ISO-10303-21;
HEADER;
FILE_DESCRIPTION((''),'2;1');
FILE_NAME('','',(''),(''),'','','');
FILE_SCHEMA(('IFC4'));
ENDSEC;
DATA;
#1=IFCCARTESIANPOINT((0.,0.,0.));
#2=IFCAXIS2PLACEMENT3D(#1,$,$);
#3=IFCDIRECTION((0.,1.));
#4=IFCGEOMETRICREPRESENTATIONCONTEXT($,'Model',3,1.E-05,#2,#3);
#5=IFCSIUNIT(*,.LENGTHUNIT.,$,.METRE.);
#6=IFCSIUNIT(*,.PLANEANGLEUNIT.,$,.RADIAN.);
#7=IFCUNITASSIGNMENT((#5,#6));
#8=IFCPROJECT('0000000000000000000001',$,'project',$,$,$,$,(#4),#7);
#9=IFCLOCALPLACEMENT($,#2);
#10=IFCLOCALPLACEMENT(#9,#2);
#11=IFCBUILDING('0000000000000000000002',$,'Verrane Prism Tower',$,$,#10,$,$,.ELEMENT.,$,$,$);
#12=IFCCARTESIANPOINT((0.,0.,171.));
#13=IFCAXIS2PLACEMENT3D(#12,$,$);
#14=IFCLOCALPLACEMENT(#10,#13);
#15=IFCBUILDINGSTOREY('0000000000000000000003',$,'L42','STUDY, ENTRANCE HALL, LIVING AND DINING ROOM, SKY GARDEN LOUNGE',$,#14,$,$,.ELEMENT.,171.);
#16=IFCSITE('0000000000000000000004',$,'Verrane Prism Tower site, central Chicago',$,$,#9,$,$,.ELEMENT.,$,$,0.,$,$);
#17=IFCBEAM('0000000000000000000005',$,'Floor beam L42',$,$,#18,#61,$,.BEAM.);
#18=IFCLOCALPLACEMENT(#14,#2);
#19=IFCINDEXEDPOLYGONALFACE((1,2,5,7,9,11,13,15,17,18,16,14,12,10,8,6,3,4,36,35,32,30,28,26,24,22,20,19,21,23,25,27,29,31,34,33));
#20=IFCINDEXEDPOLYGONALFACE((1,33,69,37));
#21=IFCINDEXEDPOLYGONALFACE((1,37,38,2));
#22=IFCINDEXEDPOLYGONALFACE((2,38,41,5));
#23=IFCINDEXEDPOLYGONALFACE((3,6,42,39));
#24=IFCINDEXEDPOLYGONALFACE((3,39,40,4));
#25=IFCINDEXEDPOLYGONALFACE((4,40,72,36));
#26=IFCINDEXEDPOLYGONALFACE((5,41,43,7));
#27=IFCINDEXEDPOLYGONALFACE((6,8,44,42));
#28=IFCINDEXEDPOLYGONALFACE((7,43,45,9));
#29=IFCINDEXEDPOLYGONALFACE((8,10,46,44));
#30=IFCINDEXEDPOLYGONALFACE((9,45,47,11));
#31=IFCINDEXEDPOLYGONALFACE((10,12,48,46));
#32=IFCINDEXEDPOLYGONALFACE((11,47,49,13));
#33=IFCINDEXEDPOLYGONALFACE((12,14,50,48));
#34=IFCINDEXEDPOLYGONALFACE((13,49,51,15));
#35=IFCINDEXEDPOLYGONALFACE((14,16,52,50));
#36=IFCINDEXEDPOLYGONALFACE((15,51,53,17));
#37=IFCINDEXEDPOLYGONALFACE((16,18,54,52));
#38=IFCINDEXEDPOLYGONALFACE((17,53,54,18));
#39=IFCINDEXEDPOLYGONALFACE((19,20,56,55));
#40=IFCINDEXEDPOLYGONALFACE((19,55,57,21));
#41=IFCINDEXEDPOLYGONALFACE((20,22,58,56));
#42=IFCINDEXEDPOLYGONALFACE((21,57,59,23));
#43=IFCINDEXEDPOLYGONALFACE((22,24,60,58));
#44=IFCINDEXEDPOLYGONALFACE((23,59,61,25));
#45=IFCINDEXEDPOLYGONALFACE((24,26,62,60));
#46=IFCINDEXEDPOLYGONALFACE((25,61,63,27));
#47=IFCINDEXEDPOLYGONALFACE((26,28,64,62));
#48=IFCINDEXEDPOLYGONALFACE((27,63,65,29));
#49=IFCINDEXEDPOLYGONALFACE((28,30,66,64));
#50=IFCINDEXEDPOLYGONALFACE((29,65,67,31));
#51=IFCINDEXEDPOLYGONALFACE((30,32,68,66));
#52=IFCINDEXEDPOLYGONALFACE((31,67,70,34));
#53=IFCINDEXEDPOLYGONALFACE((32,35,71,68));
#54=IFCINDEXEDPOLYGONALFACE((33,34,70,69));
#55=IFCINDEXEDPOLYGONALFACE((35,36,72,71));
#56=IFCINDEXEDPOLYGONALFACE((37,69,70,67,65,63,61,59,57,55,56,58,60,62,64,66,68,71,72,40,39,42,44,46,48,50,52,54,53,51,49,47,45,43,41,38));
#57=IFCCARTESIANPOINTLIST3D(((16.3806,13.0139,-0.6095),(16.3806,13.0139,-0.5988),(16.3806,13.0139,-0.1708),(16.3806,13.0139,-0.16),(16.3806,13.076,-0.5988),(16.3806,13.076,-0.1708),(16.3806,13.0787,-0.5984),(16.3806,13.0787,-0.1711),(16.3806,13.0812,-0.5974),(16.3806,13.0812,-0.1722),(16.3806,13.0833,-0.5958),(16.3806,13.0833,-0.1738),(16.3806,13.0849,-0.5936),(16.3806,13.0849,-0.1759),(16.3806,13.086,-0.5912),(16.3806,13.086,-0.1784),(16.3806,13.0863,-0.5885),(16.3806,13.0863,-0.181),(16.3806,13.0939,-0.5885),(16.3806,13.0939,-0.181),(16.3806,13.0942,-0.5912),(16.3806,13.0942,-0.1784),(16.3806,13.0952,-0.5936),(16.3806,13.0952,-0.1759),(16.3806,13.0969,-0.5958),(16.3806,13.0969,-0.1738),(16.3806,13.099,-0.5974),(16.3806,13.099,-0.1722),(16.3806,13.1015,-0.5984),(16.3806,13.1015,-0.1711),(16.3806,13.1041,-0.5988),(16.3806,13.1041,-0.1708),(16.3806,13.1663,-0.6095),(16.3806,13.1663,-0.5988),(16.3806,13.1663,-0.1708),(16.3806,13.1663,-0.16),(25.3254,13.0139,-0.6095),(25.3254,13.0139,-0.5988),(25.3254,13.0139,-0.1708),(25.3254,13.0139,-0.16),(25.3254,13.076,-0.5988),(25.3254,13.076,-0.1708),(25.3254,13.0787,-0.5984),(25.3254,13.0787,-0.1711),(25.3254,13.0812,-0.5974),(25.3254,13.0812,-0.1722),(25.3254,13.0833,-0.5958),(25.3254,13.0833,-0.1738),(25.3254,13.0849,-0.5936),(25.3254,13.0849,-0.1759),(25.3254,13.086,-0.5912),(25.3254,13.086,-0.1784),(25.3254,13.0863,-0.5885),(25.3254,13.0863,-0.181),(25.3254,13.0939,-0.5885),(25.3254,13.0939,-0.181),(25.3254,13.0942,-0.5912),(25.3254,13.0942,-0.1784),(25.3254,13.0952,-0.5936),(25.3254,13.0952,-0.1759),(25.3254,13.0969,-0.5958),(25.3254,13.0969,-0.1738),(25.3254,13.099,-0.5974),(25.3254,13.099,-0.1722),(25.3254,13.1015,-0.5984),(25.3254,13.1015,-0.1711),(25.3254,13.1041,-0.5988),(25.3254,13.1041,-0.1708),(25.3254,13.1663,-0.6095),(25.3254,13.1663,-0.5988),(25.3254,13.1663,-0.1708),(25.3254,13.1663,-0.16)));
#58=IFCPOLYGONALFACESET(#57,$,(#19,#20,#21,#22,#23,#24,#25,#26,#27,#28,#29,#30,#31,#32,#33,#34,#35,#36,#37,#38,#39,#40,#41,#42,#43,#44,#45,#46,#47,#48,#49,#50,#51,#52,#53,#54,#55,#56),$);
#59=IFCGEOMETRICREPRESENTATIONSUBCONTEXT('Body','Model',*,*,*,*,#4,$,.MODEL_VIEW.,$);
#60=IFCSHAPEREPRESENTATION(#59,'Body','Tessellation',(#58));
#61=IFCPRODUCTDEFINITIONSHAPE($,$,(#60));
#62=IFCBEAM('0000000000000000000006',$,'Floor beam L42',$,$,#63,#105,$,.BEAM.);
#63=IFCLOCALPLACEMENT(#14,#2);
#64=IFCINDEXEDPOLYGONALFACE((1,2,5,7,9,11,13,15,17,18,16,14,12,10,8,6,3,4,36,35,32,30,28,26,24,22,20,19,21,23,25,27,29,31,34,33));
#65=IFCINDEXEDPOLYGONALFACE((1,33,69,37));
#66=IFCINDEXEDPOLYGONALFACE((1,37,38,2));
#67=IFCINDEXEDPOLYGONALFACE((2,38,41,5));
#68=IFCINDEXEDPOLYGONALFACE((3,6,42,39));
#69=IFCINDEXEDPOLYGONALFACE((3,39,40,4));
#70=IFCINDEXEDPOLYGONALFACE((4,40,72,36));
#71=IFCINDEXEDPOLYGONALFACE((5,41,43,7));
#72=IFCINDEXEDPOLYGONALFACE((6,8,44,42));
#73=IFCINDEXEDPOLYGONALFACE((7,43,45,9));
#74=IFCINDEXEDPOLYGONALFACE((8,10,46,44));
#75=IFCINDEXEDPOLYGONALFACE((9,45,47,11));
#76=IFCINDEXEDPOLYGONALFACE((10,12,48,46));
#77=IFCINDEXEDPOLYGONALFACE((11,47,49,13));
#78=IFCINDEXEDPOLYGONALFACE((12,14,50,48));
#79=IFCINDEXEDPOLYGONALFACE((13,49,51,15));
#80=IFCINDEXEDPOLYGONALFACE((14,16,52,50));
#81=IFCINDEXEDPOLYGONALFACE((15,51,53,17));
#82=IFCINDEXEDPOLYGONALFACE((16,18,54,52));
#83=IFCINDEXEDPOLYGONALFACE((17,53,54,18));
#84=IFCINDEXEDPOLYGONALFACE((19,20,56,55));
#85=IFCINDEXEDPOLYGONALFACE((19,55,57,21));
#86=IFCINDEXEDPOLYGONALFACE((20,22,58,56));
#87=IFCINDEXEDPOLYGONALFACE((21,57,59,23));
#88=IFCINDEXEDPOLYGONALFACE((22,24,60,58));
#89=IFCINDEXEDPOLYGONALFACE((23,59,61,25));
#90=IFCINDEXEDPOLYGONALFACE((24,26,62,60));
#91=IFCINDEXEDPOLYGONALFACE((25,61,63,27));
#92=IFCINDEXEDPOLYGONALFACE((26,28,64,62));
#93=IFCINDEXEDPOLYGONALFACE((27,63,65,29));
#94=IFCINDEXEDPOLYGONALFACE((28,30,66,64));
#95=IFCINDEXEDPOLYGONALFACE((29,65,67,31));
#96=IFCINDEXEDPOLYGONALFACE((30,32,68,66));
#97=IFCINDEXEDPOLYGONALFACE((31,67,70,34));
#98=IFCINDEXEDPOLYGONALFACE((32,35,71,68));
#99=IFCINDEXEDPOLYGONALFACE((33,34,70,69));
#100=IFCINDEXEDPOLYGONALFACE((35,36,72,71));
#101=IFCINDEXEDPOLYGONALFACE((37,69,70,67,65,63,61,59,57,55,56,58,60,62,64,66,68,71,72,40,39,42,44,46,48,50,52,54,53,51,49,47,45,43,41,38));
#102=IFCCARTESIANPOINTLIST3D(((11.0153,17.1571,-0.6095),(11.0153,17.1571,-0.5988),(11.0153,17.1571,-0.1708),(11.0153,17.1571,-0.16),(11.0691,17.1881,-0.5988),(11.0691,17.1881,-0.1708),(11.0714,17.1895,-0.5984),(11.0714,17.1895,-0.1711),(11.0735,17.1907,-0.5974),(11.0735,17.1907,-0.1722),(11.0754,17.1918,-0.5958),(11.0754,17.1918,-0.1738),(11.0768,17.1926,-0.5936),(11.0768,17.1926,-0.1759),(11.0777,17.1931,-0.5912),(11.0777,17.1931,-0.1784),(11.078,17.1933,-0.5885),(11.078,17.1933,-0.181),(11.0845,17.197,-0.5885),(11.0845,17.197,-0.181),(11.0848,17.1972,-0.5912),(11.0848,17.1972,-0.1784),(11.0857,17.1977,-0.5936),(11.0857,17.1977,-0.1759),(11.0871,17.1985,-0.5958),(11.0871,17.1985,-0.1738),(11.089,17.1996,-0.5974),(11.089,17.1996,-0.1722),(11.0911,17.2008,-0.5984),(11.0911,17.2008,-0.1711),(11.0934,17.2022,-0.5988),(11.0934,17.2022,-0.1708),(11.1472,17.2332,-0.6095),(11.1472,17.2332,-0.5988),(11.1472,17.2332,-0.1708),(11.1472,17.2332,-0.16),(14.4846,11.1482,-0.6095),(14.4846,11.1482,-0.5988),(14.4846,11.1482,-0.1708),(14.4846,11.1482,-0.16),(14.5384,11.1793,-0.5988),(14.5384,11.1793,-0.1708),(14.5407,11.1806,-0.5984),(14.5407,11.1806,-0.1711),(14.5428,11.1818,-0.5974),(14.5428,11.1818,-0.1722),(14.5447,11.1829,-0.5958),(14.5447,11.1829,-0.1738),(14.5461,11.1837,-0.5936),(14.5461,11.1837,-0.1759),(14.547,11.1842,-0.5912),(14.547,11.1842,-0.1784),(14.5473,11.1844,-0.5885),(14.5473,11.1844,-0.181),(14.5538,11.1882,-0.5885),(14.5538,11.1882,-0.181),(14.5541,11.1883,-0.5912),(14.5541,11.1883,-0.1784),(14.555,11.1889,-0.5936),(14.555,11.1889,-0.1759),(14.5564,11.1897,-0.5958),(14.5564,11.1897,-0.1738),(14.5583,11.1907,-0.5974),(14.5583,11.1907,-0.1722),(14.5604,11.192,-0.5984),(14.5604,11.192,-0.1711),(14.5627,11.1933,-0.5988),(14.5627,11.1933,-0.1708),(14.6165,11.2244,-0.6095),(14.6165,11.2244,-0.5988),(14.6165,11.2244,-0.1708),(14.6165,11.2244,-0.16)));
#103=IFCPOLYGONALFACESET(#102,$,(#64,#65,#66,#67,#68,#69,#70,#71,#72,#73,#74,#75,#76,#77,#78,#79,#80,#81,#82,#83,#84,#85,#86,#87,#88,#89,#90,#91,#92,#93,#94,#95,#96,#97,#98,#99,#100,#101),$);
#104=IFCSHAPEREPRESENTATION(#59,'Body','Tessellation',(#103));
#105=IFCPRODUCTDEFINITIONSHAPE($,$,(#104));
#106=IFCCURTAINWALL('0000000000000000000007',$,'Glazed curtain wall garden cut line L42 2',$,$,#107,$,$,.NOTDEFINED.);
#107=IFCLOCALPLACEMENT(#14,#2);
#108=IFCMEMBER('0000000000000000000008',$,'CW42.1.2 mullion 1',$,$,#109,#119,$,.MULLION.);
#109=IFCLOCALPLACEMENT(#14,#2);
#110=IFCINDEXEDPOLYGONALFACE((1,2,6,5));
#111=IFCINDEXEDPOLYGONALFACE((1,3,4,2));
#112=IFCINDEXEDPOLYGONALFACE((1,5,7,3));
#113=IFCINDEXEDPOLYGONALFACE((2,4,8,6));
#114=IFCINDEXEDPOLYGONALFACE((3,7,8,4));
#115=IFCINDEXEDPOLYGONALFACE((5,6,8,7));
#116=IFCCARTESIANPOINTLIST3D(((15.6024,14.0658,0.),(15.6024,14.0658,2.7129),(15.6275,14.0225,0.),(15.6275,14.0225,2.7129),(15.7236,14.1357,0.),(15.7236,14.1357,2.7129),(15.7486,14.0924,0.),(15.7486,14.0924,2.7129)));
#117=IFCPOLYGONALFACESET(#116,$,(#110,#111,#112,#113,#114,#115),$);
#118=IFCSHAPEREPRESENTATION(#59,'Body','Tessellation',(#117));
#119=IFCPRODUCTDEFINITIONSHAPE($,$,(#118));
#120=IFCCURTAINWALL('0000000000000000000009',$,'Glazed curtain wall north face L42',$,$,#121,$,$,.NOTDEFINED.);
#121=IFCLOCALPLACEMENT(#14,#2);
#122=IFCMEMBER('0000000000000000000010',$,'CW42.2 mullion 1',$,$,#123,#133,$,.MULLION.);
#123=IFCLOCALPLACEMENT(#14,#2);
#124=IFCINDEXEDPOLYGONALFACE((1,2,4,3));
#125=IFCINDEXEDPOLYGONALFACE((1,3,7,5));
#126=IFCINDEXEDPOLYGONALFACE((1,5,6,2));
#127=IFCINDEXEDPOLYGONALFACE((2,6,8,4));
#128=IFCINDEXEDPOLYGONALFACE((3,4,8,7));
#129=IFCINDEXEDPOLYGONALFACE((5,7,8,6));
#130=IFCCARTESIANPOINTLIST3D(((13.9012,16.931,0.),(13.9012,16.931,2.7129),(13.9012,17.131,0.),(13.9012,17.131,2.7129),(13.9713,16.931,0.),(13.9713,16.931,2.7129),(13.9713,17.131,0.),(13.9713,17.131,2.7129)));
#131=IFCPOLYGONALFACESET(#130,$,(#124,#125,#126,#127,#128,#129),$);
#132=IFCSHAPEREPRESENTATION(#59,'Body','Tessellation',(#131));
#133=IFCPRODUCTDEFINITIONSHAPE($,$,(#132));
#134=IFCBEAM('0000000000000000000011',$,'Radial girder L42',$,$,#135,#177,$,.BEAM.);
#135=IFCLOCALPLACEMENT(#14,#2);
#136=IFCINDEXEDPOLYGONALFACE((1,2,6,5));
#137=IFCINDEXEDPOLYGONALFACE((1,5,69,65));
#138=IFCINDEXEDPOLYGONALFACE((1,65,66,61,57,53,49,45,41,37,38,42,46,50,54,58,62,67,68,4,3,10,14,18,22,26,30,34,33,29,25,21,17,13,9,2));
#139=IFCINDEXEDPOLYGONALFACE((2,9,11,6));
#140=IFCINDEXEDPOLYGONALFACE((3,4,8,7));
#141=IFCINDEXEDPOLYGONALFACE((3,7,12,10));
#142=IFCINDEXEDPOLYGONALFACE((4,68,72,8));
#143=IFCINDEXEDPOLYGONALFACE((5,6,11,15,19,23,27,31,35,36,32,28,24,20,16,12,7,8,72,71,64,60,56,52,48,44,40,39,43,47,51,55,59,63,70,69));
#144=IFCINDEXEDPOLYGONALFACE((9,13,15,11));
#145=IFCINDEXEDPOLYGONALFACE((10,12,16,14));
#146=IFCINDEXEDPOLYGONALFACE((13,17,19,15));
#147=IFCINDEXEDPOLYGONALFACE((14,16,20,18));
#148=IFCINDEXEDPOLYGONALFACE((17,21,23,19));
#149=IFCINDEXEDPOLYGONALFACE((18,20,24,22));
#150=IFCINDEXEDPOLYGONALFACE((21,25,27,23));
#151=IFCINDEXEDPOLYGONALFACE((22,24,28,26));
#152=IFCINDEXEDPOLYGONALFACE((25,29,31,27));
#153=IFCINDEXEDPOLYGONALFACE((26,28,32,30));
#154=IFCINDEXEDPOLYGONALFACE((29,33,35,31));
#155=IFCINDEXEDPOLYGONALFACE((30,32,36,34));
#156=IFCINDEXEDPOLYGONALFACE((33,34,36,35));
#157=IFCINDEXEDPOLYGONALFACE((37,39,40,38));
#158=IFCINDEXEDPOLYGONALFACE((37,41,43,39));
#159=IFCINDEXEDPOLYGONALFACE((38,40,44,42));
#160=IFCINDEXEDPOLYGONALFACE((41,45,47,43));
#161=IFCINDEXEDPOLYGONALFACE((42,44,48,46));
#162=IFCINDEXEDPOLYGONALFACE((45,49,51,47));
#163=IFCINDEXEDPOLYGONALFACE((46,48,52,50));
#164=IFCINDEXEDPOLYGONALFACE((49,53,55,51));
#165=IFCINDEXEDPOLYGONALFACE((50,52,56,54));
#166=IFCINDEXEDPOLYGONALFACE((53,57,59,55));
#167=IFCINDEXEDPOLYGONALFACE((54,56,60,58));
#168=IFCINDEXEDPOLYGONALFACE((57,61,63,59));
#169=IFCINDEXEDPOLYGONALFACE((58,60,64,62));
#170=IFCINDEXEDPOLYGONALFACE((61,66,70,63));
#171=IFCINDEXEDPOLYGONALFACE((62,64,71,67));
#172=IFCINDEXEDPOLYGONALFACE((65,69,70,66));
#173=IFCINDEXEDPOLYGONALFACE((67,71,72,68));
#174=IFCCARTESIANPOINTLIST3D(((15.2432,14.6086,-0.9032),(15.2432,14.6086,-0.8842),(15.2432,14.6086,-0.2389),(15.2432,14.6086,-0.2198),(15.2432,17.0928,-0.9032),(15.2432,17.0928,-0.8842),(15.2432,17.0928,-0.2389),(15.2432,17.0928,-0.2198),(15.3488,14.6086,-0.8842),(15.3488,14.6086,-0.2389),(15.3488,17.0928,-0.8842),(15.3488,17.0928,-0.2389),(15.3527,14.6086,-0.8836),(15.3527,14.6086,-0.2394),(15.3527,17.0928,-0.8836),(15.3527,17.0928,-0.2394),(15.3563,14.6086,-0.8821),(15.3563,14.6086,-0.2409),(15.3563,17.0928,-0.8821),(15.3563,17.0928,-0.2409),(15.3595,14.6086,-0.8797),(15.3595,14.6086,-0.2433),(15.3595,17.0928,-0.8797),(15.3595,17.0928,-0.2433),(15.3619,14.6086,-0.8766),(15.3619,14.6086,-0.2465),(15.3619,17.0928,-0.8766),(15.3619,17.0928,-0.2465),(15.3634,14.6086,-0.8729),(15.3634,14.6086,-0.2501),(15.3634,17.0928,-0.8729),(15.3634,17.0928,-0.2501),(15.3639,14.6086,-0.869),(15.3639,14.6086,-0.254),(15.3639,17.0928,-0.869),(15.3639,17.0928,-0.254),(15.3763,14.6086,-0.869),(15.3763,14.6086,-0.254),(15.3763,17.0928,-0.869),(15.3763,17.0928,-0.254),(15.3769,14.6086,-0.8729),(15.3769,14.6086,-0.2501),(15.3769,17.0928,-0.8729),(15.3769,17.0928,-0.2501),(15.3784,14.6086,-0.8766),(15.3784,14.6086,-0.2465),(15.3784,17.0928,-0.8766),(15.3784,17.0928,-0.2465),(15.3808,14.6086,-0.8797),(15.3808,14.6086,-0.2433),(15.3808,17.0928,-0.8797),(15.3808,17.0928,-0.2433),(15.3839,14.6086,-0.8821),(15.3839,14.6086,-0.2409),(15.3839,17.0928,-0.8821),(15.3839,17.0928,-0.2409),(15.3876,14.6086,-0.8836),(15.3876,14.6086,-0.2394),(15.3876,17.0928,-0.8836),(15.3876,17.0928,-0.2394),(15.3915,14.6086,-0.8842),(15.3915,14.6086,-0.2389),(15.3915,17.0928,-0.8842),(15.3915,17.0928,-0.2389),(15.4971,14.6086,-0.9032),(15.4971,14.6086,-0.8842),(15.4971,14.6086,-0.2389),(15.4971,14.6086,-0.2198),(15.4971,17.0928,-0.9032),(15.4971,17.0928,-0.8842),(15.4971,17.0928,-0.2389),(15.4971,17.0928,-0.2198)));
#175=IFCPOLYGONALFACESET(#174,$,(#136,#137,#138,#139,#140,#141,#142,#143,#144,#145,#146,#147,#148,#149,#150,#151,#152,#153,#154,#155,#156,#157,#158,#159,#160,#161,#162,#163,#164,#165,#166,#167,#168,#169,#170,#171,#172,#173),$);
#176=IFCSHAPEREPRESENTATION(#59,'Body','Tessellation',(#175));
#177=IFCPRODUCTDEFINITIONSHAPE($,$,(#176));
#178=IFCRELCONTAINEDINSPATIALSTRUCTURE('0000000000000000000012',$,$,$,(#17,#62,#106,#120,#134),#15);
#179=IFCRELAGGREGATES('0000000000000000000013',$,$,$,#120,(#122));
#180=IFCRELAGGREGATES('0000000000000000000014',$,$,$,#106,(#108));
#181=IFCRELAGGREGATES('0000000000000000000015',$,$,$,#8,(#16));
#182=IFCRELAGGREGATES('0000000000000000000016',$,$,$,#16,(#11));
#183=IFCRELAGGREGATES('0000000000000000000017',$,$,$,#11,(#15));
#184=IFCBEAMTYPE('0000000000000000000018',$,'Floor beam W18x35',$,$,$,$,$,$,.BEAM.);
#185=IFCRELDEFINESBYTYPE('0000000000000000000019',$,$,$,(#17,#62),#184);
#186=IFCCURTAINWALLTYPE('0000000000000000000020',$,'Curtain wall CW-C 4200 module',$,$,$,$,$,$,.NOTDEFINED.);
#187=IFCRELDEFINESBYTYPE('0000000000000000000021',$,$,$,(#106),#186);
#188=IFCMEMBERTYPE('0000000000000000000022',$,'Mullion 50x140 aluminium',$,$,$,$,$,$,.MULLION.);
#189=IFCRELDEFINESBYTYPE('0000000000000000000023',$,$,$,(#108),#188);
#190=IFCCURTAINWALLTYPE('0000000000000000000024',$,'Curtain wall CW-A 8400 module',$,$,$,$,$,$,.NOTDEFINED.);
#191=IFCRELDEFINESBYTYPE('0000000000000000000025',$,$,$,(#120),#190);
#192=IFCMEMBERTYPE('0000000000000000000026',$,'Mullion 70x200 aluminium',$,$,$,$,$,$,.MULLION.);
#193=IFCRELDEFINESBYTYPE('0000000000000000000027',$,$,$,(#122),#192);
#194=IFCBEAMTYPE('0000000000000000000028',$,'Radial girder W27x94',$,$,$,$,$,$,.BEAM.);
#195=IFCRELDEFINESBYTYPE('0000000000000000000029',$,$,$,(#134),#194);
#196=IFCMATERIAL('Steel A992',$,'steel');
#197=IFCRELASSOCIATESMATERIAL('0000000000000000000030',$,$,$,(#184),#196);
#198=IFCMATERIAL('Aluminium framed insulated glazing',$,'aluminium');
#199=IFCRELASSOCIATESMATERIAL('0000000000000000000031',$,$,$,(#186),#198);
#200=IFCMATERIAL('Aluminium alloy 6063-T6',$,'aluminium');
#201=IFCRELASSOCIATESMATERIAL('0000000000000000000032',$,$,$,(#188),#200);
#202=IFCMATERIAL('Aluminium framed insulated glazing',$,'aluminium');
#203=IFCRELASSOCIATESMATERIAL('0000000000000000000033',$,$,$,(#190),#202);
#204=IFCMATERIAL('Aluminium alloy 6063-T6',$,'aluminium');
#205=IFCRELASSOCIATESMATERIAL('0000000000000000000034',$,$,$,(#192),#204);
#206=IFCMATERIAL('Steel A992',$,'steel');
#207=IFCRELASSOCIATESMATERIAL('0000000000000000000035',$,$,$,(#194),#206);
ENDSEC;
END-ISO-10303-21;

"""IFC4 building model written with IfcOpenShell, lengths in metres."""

from ifc_helpers import new_model, si_unit, direction, frame, origin, origin_2d, place, context, subcontext, project, spatial, rectangle, i_section, extrude, material, material_profile, profile_set, type_object, element, aggregate, save


model = new_model("IFC4")

# Units and contexts
model_context = context("Model", 3, precision=1e-05, world=origin(), true_north=direction((0.0, 1.0)))
body_context = subcontext(model_context, "Body", "Model", "MODEL_VIEW")
ifc_project = project(units=[si_unit("LENGTHUNIT", "METRE"), si_unit("PLANEANGLEUNIT", "RADIAN")], contexts=[model_context])

# Site, building, storey
site_placement = place(None, origin())
site = spatial("IfcSite", under=ifc_project, at=site_placement, Name="Verrane Prism Tower site, central Chicago", CompositionType="ELEMENT", RefElevation=0.0)
building_placement = place(site_placement, origin())
building = spatial("IfcBuilding", under=site, at=building_placement, Name="Verrane Prism Tower", CompositionType="ELEMENT")
storey_placement = place(building_placement, frame((0.0, 0.0, 171.0)))
storey = spatial("IfcBuildingStorey", under=building, at=storey_placement, Name="L42", Description="STUDY, ENTRANCE HALL, LIVING AND DINING ROOM, SKY GARDEN LOUNGE", CompositionType="ELEMENT", Elevation=171.0)

# Beams
ifc_material_1 = material(Name="Steel A992", Category="steel")
ifc_material_profile_1 = material_profile(ifc_material_1, i_section(OverallWidth=0.1523, OverallDepth=0.4495, WebThickness=0.0076, FlangeThickness=0.0107, FilletRadius=0.0103, at=origin_2d()), Name="W18x35")
ifc_profile_set_1 = profile_set([ifc_material_profile_1], Name="Steel A992")
beam_type_1 = type_object("IfcBeamType", Name="Floor beam W18x35", PredefinedType="BEAM", material=ifc_profile_set_1)
beam_1_placement = place(storey_placement, frame((16.3806, 13.0901, -0.3848), z_axis=(1.0, 0.0, 0.0), x_axis=(0.0, 1.0, 0.0)))
element("IfcBeam", 1, at=beam_1_placement, inside=storey, type_object=beam_type_1, Name="Floor beam L42", PredefinedType="BEAM", context=body_context, shape_type="SweptSolid", body=[
    extrude(i_section(OverallWidth=0.1523, OverallDepth=0.4495, WebThickness=0.0076, FlangeThickness=0.0107, FilletRadius=0.0103, at=origin_2d()), origin(), (0.0, 0.0, 1.0), 8.9448),
])
beam_2_placement = place(storey_placement, frame((14.5505, 11.1863, -0.3848), z_axis=(-0.500007, 0.866022, 0.0), x_axis=(-0.866022, -0.500007, 0.0)))
element("IfcBeam", 2, at=beam_2_placement, inside=storey, type_object=beam_type_1, Name="Floor beam L42", PredefinedType="BEAM", context=body_context, shape_type="SweptSolid", body=[
    extrude(i_section(OverallWidth=0.1523, OverallDepth=0.4495, WebThickness=0.0076, FlangeThickness=0.0107, FilletRadius=0.0103, at=origin_2d()), origin(), (0.0, 0.0, 1.0), 6.9385),
])

# Curtain walls, members
ifc_material_2 = material(Name="Aluminium framed insulated glazing", Category="aluminium")
curtain_wall_type_1 = type_object("IfcCurtainWallType", Name="Curtain wall CW-C 4200 module", PredefinedType="NOTDEFINED", material=ifc_material_2)
curtain_wall_1_placement = place(storey_placement, origin())
curtain_wall_1 = element("IfcCurtainWall", 3, at=curtain_wall_1_placement, inside=storey, type_object=curtain_wall_type_1, Name="Glazed curtain wall garden cut line L42 2", PredefinedType="NOTDEFINED")
ifc_material_3 = material(Name="Aluminium alloy 6063-T6", Category="aluminium")
ifc_material_profile_2 = material_profile(ifc_material_3, rectangle(XDim=0.1399, YDim=0.05, at=origin_2d()), Name="Mullion 50x140 aluminium")
ifc_profile_set_2 = profile_set([ifc_material_profile_2], Name="Aluminium alloy 6063-T6")
member_type_1 = type_object("IfcMemberType", Name="Mullion 50x140 aluminium", PredefinedType="MULLION", material=ifc_profile_set_2)
member_1_placement = place(storey_placement, frame((15.6755, 14.0791, 0.0), z_axis=(0.0, 0.0, 1.0), x_axis=(-0.866027, -0.499998, 0.0)))
member_1 = element("IfcMember", 4, at=member_1_placement, type_object=member_type_1, Name="CW42.1.2 mullion 1", PredefinedType="MULLION", context=body_context, shape_type="SweptSolid", body=[
    extrude(rectangle(XDim=0.1399, YDim=0.05, at=origin_2d()), origin(), (0.0, 0.0, 1.0), 2.7129),
])
ifc_material_4 = material(Name="Aluminium framed insulated glazing", Category="aluminium")
curtain_wall_type_2 = type_object("IfcCurtainWallType", Name="Curtain wall CW-A 8400 module", PredefinedType="NOTDEFINED", material=ifc_material_4)
curtain_wall_2_placement = place(storey_placement, origin())
curtain_wall_2 = element("IfcCurtainWall", 5, at=curtain_wall_2_placement, inside=storey, type_object=curtain_wall_type_2, Name="Glazed curtain wall north face L42", PredefinedType="NOTDEFINED")
ifc_material_5 = material(Name="Aluminium alloy 6063-T6", Category="aluminium")
ifc_material_profile_3 = material_profile(ifc_material_5, rectangle(XDim=0.2, YDim=0.0701, at=origin_2d()), Name="Mullion 70x200 aluminium")
ifc_profile_set_3 = profile_set([ifc_material_profile_3], Name="Aluminium alloy 6063-T6")
member_type_2 = type_object("IfcMemberType", Name="Mullion 70x200 aluminium", PredefinedType="MULLION", material=ifc_profile_set_3)
member_2_placement = place(storey_placement, frame((13.9363, 17.031, 0.0), z_axis=(0.0, 0.0, 1.0), x_axis=(0.0, -1.0, 0.0)))
member_2 = element("IfcMember", 6, at=member_2_placement, type_object=member_type_2, Name="CW42.2 mullion 1", PredefinedType="MULLION", context=body_context, shape_type="SweptSolid", body=[
    extrude(rectangle(XDim=0.2, YDim=0.0701, at=origin_2d()), origin(), (0.0, 0.0, 1.0), 2.7129),
])

# Beam
ifc_material_6 = material(Name="Steel A992", Category="steel")
ifc_material_profile_4 = material_profile(ifc_material_6, i_section(OverallWidth=0.2539, OverallDepth=0.6833, WebThickness=0.0125, FlangeThickness=0.019, FilletRadius=0.0151, at=origin_2d()), Name="W27x94")
ifc_profile_set_4 = profile_set([ifc_material_profile_4], Name="Steel A992")
beam_type_2 = type_object("IfcBeamType", Name="Radial girder W27x94", PredefinedType="BEAM", material=ifc_profile_set_4)
beam_3_placement = place(storey_placement, frame((15.3701, 17.0928, -0.5615), z_axis=(0.0, -1.0, 0.0), x_axis=(1.0, 0.0, 0.0)))
element("IfcBeam", 7, at=beam_3_placement, inside=storey, type_object=beam_type_2, Name="Radial girder L42", PredefinedType="BEAM", context=body_context, shape_type="SweptSolid", body=[
    extrude(i_section(OverallWidth=0.2539, OverallDepth=0.6833, WebThickness=0.0125, FlangeThickness=0.019, FilletRadius=0.0151, at=origin_2d()), origin(), (0.0, 0.0, 1.0), 2.4841),
])

aggregate(curtain_wall_2, [member_2])

aggregate(curtain_wall_1, [member_1])

save(model, "model.ifc")
